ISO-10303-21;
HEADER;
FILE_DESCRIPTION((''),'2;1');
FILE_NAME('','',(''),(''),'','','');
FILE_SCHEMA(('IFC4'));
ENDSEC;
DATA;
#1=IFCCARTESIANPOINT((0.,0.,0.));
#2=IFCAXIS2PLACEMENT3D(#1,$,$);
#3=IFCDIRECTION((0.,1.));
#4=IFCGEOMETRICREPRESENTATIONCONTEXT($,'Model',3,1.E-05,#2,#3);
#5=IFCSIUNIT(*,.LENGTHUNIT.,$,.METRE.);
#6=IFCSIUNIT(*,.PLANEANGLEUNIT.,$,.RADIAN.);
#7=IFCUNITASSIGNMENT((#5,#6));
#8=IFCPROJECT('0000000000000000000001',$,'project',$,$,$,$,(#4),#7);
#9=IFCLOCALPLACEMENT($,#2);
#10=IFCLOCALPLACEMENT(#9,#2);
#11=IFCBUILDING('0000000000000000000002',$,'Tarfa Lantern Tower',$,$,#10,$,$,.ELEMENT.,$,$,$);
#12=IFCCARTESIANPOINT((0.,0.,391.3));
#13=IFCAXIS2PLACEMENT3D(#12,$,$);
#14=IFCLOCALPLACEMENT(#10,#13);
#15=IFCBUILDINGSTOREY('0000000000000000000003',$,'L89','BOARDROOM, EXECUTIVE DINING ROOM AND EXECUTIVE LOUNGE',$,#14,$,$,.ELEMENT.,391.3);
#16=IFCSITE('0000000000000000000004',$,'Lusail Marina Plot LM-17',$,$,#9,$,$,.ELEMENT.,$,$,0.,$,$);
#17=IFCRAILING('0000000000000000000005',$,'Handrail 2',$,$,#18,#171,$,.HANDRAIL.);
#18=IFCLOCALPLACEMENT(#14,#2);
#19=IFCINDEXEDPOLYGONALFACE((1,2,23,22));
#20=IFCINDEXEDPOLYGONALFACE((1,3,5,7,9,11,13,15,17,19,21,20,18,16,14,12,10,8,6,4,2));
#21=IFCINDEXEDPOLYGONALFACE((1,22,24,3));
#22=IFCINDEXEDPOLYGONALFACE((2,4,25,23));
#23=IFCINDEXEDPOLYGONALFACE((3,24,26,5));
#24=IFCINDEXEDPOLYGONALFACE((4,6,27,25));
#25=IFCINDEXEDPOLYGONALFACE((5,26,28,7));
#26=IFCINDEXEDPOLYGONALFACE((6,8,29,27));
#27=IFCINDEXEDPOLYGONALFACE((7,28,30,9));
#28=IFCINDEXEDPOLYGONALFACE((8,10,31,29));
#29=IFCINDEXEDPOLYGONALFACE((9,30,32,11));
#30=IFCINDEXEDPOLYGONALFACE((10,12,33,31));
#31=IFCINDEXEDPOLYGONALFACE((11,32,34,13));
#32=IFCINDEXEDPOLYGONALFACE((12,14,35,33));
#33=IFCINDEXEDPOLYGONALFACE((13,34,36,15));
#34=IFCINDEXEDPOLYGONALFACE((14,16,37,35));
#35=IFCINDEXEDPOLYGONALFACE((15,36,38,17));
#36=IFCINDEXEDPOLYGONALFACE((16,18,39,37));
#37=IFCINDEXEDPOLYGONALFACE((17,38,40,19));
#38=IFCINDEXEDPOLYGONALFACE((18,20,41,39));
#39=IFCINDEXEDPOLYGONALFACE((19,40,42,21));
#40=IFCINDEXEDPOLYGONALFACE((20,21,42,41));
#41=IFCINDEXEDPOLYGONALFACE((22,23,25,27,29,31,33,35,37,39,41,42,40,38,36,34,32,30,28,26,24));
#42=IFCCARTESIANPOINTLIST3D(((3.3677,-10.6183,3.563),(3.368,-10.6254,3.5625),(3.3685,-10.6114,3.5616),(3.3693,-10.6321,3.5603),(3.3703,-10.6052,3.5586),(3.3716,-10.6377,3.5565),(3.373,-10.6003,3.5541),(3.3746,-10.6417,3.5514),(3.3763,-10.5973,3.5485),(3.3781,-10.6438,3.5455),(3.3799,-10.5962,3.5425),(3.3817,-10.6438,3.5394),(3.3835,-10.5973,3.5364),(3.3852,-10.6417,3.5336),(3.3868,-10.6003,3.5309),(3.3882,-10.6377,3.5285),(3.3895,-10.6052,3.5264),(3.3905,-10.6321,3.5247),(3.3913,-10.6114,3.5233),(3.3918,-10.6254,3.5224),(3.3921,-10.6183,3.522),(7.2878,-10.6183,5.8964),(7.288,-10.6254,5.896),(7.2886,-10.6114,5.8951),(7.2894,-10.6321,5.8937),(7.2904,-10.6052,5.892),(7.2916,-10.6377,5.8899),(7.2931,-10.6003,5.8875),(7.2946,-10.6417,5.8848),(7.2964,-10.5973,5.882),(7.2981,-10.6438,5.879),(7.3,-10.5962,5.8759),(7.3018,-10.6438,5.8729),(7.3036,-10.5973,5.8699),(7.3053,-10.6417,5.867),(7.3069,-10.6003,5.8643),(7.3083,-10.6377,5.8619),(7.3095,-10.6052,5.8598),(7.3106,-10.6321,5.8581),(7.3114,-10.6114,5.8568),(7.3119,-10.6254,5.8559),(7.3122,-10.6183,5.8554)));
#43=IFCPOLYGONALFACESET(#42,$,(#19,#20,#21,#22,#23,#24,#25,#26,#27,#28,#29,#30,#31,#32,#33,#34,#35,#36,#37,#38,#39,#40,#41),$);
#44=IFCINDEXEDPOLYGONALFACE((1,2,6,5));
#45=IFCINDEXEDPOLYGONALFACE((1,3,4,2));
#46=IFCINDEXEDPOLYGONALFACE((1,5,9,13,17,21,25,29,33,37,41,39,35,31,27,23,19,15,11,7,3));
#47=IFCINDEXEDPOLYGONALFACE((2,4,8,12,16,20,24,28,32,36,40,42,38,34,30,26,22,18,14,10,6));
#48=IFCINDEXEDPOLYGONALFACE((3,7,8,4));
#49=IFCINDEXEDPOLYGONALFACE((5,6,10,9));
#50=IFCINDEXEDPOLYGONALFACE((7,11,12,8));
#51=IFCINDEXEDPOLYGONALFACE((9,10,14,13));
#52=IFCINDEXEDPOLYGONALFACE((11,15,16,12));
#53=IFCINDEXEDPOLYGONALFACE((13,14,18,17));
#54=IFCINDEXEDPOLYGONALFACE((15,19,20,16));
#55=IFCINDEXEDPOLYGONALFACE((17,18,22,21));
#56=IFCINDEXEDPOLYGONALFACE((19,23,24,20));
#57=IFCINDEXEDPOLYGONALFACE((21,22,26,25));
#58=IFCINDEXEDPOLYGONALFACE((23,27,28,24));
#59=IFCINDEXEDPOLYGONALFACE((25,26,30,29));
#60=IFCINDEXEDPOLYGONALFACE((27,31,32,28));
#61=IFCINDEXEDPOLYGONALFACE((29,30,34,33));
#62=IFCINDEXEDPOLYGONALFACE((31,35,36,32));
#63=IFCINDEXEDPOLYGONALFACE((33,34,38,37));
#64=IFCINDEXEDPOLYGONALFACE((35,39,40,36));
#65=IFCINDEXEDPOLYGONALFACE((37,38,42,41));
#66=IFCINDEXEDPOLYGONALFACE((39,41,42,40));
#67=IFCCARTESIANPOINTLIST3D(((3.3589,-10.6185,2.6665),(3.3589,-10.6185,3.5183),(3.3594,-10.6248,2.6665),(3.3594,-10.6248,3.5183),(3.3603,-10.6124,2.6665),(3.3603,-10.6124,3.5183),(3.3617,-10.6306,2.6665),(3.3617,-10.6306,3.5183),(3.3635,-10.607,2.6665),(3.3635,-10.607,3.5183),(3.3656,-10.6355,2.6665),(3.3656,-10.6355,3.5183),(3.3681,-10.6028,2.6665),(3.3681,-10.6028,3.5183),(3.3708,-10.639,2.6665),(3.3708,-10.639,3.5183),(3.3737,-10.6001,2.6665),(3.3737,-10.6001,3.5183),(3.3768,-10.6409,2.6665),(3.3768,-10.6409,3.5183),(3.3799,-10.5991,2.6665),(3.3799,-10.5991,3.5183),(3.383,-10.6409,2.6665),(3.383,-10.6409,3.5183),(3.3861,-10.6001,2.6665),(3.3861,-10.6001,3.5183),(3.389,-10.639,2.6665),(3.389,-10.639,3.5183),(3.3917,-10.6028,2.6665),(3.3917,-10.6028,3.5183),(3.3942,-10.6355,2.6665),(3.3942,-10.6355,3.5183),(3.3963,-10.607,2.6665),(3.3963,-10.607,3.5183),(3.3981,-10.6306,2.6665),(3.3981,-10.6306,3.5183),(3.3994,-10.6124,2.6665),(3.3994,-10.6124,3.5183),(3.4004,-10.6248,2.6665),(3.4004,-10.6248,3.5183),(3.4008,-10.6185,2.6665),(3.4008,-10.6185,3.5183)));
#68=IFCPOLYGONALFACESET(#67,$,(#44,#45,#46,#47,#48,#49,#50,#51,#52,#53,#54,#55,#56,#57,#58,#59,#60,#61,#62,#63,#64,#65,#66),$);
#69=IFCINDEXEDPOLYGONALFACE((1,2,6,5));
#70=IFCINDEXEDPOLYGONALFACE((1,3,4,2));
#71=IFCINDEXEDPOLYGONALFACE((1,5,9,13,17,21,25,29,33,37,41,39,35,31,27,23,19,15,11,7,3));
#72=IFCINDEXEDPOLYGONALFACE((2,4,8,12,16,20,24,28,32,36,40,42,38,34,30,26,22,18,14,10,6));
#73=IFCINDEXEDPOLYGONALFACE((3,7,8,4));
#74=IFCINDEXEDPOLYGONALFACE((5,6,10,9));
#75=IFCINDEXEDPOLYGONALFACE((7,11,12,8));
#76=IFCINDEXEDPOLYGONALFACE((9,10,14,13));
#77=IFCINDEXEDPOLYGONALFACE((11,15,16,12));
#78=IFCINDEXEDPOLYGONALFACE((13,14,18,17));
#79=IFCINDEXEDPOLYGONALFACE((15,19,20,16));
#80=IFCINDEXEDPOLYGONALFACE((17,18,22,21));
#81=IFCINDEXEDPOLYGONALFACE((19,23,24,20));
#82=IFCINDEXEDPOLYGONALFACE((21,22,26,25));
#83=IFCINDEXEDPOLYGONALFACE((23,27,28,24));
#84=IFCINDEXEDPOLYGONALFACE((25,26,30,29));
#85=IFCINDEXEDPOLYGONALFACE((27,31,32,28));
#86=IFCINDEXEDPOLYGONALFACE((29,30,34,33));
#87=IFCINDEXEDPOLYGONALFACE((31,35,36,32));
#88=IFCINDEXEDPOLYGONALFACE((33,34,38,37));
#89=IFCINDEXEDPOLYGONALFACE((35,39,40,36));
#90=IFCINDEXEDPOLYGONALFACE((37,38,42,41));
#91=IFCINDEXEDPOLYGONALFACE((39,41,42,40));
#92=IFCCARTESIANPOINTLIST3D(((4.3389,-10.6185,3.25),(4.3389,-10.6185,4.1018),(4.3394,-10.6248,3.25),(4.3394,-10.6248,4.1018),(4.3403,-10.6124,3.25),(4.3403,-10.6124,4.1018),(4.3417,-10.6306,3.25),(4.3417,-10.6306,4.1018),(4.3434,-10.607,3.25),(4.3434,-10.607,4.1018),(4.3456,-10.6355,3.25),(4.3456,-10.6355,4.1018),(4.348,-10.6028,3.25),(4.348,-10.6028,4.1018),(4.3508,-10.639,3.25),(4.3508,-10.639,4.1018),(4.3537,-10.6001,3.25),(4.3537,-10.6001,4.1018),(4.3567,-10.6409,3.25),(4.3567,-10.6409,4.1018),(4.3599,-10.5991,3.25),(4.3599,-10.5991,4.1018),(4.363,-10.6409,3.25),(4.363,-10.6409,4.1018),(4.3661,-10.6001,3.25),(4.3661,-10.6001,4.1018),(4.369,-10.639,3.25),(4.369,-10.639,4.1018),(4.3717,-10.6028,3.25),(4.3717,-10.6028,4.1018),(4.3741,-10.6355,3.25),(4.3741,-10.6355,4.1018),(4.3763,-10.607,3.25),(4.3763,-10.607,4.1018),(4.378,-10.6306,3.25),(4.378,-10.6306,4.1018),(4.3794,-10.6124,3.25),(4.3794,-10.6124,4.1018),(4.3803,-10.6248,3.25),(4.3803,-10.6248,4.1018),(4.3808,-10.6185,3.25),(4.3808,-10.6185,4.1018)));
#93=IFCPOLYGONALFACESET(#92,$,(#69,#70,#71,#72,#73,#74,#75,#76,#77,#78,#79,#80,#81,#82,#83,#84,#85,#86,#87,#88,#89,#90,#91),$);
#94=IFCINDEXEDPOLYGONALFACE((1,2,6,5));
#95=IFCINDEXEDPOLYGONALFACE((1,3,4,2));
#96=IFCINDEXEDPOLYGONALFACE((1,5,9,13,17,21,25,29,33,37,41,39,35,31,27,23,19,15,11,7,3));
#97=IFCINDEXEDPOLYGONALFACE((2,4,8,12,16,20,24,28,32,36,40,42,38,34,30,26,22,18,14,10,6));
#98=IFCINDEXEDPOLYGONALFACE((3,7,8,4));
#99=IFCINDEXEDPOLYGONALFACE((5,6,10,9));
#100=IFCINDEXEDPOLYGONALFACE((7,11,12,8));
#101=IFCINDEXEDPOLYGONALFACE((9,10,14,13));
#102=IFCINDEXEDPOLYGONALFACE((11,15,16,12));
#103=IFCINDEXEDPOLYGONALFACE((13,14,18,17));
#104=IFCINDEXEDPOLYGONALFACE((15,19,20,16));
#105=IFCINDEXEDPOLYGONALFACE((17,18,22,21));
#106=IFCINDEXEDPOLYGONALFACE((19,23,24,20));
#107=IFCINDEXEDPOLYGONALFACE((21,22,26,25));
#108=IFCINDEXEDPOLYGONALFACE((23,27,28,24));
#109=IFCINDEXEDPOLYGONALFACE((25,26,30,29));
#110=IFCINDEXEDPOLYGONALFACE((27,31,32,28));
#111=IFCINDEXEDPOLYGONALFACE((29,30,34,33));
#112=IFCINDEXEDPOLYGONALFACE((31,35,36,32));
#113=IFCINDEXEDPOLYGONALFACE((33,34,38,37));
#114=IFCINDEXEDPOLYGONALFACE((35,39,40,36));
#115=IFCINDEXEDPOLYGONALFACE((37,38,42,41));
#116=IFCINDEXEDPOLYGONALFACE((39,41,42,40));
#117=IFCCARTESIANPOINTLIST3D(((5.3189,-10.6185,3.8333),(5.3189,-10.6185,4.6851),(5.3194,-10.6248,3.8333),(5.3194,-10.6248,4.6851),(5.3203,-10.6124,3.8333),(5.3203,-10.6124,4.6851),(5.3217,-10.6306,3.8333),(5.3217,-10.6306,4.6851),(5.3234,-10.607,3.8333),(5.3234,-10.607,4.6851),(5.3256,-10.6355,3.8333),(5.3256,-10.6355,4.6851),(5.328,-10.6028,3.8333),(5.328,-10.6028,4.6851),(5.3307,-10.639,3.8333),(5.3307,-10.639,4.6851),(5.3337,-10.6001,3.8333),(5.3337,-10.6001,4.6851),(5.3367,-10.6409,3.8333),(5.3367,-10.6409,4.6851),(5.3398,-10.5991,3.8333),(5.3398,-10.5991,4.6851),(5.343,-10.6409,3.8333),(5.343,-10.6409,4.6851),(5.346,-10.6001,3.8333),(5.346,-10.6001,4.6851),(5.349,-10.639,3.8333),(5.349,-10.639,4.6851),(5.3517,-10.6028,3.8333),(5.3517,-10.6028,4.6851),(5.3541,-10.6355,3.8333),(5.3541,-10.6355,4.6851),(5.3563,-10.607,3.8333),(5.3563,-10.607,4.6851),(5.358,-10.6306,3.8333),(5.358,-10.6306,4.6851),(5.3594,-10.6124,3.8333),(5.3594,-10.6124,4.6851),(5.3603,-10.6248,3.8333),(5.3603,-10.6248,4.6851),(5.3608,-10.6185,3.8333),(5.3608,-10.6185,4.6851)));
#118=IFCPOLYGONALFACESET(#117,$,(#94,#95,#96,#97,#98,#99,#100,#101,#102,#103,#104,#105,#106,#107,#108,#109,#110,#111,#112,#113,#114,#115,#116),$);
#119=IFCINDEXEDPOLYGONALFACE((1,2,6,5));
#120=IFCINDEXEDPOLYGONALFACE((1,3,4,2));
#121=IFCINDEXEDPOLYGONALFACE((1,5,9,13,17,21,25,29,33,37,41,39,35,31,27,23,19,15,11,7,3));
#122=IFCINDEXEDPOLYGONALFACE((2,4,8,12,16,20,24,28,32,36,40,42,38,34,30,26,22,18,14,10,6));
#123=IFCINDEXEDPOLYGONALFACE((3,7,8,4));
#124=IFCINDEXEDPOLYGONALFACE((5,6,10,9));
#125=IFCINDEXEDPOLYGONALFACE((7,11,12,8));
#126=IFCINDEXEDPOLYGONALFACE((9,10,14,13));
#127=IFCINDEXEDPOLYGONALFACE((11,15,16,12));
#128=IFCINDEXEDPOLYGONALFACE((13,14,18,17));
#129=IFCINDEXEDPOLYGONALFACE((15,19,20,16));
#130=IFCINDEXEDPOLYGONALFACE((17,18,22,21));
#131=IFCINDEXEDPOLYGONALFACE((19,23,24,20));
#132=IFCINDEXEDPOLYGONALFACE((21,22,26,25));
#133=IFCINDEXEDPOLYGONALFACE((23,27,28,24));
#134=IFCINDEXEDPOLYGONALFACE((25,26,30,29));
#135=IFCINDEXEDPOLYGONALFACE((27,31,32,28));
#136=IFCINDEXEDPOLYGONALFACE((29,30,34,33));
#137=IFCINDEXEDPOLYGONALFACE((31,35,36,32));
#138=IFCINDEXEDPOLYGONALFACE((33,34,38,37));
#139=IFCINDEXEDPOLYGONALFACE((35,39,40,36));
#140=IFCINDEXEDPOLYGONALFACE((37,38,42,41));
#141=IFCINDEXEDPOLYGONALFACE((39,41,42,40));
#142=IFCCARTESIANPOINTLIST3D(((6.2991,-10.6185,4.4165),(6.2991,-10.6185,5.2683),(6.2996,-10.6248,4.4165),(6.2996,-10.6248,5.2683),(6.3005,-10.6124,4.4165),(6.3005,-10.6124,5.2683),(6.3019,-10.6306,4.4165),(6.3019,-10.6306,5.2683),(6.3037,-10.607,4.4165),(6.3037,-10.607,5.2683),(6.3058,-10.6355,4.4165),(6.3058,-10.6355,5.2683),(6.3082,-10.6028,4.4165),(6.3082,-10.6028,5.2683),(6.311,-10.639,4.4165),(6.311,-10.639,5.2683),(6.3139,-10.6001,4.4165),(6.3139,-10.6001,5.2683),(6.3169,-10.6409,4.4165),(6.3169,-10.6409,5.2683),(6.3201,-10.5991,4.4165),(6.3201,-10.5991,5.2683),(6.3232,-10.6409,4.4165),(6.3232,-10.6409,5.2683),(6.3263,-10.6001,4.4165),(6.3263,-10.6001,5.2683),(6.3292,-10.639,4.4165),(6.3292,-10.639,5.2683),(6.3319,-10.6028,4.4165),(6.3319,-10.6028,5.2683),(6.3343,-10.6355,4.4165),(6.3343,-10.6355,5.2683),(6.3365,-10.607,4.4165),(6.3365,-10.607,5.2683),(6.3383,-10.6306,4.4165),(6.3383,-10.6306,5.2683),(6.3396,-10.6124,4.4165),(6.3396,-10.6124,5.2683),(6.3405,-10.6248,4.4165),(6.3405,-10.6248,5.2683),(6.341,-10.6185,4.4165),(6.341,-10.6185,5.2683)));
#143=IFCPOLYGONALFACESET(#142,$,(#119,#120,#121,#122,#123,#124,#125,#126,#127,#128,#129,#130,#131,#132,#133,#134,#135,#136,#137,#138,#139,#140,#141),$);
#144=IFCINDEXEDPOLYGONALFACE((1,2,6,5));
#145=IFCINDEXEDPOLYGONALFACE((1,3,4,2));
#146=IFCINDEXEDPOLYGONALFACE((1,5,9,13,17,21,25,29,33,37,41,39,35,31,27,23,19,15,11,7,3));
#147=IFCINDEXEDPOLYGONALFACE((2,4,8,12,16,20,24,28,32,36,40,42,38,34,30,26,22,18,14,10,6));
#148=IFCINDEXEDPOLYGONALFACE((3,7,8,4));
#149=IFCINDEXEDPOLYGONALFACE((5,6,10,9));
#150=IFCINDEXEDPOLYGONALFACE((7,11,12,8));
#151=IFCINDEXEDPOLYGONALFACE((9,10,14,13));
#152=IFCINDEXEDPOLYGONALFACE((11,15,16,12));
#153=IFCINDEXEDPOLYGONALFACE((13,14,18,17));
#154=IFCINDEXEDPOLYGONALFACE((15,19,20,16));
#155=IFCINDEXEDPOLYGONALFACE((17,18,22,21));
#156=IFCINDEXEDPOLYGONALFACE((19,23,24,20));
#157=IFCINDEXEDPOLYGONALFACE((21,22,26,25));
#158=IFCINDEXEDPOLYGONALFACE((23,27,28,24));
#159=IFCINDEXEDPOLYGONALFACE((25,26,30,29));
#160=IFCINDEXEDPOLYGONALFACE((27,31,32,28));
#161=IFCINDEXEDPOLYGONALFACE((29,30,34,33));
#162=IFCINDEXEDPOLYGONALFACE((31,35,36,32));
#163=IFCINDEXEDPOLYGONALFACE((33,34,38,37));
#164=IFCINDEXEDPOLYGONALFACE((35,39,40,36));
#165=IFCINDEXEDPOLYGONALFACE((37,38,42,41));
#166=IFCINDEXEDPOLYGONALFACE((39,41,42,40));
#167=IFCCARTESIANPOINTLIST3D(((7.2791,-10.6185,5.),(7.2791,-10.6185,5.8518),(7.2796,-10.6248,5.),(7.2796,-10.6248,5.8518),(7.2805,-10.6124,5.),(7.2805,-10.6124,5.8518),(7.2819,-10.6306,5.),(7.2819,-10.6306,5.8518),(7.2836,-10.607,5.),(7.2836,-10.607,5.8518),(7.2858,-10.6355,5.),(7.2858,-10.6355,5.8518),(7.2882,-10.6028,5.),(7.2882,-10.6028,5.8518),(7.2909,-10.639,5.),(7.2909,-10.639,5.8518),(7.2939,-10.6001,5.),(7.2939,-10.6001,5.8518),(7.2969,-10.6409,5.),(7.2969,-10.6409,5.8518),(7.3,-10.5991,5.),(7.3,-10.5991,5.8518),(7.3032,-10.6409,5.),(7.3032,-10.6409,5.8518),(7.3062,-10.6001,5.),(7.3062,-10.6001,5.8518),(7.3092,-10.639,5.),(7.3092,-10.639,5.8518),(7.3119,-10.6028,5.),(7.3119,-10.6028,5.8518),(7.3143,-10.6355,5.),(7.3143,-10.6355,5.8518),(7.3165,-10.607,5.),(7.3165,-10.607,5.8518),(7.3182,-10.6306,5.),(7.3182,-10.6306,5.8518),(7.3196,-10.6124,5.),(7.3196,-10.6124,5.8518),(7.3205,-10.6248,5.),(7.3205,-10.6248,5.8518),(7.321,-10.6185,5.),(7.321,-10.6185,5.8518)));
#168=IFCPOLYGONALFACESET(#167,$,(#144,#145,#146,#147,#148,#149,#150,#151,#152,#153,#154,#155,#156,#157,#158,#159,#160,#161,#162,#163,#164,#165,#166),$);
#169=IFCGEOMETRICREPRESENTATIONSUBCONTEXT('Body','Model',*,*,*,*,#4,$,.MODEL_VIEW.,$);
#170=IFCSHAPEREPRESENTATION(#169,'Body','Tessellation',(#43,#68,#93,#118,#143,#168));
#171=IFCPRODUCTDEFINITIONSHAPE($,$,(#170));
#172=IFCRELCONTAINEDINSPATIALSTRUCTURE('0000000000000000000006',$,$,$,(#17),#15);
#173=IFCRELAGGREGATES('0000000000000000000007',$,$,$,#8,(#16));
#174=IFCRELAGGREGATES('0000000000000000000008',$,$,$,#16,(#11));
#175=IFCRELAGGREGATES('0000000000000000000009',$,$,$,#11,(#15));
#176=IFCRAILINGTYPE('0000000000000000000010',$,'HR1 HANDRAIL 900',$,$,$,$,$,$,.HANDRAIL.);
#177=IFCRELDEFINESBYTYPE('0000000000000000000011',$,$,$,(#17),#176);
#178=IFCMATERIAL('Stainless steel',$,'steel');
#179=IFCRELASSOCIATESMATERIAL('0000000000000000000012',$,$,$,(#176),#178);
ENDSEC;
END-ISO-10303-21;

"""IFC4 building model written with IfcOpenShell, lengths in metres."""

from ifc_helpers import new_model, si_unit, direction, frame, origin, origin_2d, place, context, subcontext, project, spatial, circle, extrude, material, type_object, element, save


model = new_model("IFC4")

# Units and contexts
model_context = context("Model", 3, precision=1e-05, world=origin(), true_north=direction((0.0, 1.0)))
body_context = subcontext(model_context, "Body", "Model", "MODEL_VIEW")
ifc_project = project(units=[si_unit("LENGTHUNIT", "METRE"), si_unit("PLANEANGLEUNIT", "RADIAN")], contexts=[model_context])

# Site, building, storey
site_placement = place(None, origin())
site = spatial("IfcSite", under=ifc_project, at=site_placement, Name="Lusail Marina Plot LM-17", CompositionType="ELEMENT", RefElevation=0.0)
building_placement = place(site_placement, origin())
building = spatial("IfcBuilding", under=site, at=building_placement, Name="Tarfa Lantern Tower", CompositionType="ELEMENT")
storey_placement = place(building_placement, frame((0.0, 0.0, 391.3)))
storey = spatial("IfcBuildingStorey", under=building, at=storey_placement, Name="L89", Description="BOARDROOM, EXECUTIVE DINING ROOM AND EXECUTIVE LOUNGE", CompositionType="ELEMENT", Elevation=391.3)

# Railing
ifc_material_1 = material(Name="Stainless steel", Category="steel")
railing_type = type_object("IfcRailingType", Name="HR1 HANDRAIL 900", PredefinedType="HANDRAIL", material=ifc_material_1)
railing_1_placement = place(storey_placement, frame((3.3799, -10.6201, 2.6665)))
element("IfcRailing", 1, at=railing_1_placement, inside=storey, type_object=railing_type, Name="Handrail 2", PredefinedType="HANDRAIL", context=body_context, shape_type="SweptSolid", body=[
    extrude(circle(Radius=0.0239, at=origin_2d()), frame((0.0, 0.0, 0.876), z_axis=(0.859287, 0.0, 0.511494), x_axis=(0.0, 1.0, 0.0)), (0.0, 0.0, 1.0), 4.562),
    extrude(circle(Radius=0.021, at=origin_2d()), frame((0.0, 0.0, 0.0), z_axis=(0.0, 0.0, 1.0), x_axis=(0.0, 1.0, 0.0)), (0.0, 0.0, 1.0), 0.8518),
    extrude(circle(Radius=0.021, at=origin_2d()), frame((0.98, 0.0, 0.5835), z_axis=(0.0, 0.0, 1.0), x_axis=(0.0, 1.0, 0.0)), (0.0, 0.0, 1.0), 0.8518),
    extrude(circle(Radius=0.021, at=origin_2d()), frame((1.96, 0.0, 1.1667), z_axis=(0.0, 0.0, 1.0), x_axis=(0.0, 1.0, 0.0)), (0.0, 0.0, 1.0), 0.8518),
    extrude(circle(Radius=0.021, at=origin_2d()), frame((2.9402, 0.0, 1.75), z_axis=(0.0, 0.0, 1.0), x_axis=(0.0, 1.0, 0.0)), (0.0, 0.0, 1.0), 0.8518),
    extrude(circle(Radius=0.021, at=origin_2d()), frame((3.9202, 0.0, 2.3335), z_axis=(0.0, 0.0, 1.0), x_axis=(0.0, 1.0, 0.0)), (0.0, 0.0, 1.0), 0.8518),
])

save(model, "model.ifc")
